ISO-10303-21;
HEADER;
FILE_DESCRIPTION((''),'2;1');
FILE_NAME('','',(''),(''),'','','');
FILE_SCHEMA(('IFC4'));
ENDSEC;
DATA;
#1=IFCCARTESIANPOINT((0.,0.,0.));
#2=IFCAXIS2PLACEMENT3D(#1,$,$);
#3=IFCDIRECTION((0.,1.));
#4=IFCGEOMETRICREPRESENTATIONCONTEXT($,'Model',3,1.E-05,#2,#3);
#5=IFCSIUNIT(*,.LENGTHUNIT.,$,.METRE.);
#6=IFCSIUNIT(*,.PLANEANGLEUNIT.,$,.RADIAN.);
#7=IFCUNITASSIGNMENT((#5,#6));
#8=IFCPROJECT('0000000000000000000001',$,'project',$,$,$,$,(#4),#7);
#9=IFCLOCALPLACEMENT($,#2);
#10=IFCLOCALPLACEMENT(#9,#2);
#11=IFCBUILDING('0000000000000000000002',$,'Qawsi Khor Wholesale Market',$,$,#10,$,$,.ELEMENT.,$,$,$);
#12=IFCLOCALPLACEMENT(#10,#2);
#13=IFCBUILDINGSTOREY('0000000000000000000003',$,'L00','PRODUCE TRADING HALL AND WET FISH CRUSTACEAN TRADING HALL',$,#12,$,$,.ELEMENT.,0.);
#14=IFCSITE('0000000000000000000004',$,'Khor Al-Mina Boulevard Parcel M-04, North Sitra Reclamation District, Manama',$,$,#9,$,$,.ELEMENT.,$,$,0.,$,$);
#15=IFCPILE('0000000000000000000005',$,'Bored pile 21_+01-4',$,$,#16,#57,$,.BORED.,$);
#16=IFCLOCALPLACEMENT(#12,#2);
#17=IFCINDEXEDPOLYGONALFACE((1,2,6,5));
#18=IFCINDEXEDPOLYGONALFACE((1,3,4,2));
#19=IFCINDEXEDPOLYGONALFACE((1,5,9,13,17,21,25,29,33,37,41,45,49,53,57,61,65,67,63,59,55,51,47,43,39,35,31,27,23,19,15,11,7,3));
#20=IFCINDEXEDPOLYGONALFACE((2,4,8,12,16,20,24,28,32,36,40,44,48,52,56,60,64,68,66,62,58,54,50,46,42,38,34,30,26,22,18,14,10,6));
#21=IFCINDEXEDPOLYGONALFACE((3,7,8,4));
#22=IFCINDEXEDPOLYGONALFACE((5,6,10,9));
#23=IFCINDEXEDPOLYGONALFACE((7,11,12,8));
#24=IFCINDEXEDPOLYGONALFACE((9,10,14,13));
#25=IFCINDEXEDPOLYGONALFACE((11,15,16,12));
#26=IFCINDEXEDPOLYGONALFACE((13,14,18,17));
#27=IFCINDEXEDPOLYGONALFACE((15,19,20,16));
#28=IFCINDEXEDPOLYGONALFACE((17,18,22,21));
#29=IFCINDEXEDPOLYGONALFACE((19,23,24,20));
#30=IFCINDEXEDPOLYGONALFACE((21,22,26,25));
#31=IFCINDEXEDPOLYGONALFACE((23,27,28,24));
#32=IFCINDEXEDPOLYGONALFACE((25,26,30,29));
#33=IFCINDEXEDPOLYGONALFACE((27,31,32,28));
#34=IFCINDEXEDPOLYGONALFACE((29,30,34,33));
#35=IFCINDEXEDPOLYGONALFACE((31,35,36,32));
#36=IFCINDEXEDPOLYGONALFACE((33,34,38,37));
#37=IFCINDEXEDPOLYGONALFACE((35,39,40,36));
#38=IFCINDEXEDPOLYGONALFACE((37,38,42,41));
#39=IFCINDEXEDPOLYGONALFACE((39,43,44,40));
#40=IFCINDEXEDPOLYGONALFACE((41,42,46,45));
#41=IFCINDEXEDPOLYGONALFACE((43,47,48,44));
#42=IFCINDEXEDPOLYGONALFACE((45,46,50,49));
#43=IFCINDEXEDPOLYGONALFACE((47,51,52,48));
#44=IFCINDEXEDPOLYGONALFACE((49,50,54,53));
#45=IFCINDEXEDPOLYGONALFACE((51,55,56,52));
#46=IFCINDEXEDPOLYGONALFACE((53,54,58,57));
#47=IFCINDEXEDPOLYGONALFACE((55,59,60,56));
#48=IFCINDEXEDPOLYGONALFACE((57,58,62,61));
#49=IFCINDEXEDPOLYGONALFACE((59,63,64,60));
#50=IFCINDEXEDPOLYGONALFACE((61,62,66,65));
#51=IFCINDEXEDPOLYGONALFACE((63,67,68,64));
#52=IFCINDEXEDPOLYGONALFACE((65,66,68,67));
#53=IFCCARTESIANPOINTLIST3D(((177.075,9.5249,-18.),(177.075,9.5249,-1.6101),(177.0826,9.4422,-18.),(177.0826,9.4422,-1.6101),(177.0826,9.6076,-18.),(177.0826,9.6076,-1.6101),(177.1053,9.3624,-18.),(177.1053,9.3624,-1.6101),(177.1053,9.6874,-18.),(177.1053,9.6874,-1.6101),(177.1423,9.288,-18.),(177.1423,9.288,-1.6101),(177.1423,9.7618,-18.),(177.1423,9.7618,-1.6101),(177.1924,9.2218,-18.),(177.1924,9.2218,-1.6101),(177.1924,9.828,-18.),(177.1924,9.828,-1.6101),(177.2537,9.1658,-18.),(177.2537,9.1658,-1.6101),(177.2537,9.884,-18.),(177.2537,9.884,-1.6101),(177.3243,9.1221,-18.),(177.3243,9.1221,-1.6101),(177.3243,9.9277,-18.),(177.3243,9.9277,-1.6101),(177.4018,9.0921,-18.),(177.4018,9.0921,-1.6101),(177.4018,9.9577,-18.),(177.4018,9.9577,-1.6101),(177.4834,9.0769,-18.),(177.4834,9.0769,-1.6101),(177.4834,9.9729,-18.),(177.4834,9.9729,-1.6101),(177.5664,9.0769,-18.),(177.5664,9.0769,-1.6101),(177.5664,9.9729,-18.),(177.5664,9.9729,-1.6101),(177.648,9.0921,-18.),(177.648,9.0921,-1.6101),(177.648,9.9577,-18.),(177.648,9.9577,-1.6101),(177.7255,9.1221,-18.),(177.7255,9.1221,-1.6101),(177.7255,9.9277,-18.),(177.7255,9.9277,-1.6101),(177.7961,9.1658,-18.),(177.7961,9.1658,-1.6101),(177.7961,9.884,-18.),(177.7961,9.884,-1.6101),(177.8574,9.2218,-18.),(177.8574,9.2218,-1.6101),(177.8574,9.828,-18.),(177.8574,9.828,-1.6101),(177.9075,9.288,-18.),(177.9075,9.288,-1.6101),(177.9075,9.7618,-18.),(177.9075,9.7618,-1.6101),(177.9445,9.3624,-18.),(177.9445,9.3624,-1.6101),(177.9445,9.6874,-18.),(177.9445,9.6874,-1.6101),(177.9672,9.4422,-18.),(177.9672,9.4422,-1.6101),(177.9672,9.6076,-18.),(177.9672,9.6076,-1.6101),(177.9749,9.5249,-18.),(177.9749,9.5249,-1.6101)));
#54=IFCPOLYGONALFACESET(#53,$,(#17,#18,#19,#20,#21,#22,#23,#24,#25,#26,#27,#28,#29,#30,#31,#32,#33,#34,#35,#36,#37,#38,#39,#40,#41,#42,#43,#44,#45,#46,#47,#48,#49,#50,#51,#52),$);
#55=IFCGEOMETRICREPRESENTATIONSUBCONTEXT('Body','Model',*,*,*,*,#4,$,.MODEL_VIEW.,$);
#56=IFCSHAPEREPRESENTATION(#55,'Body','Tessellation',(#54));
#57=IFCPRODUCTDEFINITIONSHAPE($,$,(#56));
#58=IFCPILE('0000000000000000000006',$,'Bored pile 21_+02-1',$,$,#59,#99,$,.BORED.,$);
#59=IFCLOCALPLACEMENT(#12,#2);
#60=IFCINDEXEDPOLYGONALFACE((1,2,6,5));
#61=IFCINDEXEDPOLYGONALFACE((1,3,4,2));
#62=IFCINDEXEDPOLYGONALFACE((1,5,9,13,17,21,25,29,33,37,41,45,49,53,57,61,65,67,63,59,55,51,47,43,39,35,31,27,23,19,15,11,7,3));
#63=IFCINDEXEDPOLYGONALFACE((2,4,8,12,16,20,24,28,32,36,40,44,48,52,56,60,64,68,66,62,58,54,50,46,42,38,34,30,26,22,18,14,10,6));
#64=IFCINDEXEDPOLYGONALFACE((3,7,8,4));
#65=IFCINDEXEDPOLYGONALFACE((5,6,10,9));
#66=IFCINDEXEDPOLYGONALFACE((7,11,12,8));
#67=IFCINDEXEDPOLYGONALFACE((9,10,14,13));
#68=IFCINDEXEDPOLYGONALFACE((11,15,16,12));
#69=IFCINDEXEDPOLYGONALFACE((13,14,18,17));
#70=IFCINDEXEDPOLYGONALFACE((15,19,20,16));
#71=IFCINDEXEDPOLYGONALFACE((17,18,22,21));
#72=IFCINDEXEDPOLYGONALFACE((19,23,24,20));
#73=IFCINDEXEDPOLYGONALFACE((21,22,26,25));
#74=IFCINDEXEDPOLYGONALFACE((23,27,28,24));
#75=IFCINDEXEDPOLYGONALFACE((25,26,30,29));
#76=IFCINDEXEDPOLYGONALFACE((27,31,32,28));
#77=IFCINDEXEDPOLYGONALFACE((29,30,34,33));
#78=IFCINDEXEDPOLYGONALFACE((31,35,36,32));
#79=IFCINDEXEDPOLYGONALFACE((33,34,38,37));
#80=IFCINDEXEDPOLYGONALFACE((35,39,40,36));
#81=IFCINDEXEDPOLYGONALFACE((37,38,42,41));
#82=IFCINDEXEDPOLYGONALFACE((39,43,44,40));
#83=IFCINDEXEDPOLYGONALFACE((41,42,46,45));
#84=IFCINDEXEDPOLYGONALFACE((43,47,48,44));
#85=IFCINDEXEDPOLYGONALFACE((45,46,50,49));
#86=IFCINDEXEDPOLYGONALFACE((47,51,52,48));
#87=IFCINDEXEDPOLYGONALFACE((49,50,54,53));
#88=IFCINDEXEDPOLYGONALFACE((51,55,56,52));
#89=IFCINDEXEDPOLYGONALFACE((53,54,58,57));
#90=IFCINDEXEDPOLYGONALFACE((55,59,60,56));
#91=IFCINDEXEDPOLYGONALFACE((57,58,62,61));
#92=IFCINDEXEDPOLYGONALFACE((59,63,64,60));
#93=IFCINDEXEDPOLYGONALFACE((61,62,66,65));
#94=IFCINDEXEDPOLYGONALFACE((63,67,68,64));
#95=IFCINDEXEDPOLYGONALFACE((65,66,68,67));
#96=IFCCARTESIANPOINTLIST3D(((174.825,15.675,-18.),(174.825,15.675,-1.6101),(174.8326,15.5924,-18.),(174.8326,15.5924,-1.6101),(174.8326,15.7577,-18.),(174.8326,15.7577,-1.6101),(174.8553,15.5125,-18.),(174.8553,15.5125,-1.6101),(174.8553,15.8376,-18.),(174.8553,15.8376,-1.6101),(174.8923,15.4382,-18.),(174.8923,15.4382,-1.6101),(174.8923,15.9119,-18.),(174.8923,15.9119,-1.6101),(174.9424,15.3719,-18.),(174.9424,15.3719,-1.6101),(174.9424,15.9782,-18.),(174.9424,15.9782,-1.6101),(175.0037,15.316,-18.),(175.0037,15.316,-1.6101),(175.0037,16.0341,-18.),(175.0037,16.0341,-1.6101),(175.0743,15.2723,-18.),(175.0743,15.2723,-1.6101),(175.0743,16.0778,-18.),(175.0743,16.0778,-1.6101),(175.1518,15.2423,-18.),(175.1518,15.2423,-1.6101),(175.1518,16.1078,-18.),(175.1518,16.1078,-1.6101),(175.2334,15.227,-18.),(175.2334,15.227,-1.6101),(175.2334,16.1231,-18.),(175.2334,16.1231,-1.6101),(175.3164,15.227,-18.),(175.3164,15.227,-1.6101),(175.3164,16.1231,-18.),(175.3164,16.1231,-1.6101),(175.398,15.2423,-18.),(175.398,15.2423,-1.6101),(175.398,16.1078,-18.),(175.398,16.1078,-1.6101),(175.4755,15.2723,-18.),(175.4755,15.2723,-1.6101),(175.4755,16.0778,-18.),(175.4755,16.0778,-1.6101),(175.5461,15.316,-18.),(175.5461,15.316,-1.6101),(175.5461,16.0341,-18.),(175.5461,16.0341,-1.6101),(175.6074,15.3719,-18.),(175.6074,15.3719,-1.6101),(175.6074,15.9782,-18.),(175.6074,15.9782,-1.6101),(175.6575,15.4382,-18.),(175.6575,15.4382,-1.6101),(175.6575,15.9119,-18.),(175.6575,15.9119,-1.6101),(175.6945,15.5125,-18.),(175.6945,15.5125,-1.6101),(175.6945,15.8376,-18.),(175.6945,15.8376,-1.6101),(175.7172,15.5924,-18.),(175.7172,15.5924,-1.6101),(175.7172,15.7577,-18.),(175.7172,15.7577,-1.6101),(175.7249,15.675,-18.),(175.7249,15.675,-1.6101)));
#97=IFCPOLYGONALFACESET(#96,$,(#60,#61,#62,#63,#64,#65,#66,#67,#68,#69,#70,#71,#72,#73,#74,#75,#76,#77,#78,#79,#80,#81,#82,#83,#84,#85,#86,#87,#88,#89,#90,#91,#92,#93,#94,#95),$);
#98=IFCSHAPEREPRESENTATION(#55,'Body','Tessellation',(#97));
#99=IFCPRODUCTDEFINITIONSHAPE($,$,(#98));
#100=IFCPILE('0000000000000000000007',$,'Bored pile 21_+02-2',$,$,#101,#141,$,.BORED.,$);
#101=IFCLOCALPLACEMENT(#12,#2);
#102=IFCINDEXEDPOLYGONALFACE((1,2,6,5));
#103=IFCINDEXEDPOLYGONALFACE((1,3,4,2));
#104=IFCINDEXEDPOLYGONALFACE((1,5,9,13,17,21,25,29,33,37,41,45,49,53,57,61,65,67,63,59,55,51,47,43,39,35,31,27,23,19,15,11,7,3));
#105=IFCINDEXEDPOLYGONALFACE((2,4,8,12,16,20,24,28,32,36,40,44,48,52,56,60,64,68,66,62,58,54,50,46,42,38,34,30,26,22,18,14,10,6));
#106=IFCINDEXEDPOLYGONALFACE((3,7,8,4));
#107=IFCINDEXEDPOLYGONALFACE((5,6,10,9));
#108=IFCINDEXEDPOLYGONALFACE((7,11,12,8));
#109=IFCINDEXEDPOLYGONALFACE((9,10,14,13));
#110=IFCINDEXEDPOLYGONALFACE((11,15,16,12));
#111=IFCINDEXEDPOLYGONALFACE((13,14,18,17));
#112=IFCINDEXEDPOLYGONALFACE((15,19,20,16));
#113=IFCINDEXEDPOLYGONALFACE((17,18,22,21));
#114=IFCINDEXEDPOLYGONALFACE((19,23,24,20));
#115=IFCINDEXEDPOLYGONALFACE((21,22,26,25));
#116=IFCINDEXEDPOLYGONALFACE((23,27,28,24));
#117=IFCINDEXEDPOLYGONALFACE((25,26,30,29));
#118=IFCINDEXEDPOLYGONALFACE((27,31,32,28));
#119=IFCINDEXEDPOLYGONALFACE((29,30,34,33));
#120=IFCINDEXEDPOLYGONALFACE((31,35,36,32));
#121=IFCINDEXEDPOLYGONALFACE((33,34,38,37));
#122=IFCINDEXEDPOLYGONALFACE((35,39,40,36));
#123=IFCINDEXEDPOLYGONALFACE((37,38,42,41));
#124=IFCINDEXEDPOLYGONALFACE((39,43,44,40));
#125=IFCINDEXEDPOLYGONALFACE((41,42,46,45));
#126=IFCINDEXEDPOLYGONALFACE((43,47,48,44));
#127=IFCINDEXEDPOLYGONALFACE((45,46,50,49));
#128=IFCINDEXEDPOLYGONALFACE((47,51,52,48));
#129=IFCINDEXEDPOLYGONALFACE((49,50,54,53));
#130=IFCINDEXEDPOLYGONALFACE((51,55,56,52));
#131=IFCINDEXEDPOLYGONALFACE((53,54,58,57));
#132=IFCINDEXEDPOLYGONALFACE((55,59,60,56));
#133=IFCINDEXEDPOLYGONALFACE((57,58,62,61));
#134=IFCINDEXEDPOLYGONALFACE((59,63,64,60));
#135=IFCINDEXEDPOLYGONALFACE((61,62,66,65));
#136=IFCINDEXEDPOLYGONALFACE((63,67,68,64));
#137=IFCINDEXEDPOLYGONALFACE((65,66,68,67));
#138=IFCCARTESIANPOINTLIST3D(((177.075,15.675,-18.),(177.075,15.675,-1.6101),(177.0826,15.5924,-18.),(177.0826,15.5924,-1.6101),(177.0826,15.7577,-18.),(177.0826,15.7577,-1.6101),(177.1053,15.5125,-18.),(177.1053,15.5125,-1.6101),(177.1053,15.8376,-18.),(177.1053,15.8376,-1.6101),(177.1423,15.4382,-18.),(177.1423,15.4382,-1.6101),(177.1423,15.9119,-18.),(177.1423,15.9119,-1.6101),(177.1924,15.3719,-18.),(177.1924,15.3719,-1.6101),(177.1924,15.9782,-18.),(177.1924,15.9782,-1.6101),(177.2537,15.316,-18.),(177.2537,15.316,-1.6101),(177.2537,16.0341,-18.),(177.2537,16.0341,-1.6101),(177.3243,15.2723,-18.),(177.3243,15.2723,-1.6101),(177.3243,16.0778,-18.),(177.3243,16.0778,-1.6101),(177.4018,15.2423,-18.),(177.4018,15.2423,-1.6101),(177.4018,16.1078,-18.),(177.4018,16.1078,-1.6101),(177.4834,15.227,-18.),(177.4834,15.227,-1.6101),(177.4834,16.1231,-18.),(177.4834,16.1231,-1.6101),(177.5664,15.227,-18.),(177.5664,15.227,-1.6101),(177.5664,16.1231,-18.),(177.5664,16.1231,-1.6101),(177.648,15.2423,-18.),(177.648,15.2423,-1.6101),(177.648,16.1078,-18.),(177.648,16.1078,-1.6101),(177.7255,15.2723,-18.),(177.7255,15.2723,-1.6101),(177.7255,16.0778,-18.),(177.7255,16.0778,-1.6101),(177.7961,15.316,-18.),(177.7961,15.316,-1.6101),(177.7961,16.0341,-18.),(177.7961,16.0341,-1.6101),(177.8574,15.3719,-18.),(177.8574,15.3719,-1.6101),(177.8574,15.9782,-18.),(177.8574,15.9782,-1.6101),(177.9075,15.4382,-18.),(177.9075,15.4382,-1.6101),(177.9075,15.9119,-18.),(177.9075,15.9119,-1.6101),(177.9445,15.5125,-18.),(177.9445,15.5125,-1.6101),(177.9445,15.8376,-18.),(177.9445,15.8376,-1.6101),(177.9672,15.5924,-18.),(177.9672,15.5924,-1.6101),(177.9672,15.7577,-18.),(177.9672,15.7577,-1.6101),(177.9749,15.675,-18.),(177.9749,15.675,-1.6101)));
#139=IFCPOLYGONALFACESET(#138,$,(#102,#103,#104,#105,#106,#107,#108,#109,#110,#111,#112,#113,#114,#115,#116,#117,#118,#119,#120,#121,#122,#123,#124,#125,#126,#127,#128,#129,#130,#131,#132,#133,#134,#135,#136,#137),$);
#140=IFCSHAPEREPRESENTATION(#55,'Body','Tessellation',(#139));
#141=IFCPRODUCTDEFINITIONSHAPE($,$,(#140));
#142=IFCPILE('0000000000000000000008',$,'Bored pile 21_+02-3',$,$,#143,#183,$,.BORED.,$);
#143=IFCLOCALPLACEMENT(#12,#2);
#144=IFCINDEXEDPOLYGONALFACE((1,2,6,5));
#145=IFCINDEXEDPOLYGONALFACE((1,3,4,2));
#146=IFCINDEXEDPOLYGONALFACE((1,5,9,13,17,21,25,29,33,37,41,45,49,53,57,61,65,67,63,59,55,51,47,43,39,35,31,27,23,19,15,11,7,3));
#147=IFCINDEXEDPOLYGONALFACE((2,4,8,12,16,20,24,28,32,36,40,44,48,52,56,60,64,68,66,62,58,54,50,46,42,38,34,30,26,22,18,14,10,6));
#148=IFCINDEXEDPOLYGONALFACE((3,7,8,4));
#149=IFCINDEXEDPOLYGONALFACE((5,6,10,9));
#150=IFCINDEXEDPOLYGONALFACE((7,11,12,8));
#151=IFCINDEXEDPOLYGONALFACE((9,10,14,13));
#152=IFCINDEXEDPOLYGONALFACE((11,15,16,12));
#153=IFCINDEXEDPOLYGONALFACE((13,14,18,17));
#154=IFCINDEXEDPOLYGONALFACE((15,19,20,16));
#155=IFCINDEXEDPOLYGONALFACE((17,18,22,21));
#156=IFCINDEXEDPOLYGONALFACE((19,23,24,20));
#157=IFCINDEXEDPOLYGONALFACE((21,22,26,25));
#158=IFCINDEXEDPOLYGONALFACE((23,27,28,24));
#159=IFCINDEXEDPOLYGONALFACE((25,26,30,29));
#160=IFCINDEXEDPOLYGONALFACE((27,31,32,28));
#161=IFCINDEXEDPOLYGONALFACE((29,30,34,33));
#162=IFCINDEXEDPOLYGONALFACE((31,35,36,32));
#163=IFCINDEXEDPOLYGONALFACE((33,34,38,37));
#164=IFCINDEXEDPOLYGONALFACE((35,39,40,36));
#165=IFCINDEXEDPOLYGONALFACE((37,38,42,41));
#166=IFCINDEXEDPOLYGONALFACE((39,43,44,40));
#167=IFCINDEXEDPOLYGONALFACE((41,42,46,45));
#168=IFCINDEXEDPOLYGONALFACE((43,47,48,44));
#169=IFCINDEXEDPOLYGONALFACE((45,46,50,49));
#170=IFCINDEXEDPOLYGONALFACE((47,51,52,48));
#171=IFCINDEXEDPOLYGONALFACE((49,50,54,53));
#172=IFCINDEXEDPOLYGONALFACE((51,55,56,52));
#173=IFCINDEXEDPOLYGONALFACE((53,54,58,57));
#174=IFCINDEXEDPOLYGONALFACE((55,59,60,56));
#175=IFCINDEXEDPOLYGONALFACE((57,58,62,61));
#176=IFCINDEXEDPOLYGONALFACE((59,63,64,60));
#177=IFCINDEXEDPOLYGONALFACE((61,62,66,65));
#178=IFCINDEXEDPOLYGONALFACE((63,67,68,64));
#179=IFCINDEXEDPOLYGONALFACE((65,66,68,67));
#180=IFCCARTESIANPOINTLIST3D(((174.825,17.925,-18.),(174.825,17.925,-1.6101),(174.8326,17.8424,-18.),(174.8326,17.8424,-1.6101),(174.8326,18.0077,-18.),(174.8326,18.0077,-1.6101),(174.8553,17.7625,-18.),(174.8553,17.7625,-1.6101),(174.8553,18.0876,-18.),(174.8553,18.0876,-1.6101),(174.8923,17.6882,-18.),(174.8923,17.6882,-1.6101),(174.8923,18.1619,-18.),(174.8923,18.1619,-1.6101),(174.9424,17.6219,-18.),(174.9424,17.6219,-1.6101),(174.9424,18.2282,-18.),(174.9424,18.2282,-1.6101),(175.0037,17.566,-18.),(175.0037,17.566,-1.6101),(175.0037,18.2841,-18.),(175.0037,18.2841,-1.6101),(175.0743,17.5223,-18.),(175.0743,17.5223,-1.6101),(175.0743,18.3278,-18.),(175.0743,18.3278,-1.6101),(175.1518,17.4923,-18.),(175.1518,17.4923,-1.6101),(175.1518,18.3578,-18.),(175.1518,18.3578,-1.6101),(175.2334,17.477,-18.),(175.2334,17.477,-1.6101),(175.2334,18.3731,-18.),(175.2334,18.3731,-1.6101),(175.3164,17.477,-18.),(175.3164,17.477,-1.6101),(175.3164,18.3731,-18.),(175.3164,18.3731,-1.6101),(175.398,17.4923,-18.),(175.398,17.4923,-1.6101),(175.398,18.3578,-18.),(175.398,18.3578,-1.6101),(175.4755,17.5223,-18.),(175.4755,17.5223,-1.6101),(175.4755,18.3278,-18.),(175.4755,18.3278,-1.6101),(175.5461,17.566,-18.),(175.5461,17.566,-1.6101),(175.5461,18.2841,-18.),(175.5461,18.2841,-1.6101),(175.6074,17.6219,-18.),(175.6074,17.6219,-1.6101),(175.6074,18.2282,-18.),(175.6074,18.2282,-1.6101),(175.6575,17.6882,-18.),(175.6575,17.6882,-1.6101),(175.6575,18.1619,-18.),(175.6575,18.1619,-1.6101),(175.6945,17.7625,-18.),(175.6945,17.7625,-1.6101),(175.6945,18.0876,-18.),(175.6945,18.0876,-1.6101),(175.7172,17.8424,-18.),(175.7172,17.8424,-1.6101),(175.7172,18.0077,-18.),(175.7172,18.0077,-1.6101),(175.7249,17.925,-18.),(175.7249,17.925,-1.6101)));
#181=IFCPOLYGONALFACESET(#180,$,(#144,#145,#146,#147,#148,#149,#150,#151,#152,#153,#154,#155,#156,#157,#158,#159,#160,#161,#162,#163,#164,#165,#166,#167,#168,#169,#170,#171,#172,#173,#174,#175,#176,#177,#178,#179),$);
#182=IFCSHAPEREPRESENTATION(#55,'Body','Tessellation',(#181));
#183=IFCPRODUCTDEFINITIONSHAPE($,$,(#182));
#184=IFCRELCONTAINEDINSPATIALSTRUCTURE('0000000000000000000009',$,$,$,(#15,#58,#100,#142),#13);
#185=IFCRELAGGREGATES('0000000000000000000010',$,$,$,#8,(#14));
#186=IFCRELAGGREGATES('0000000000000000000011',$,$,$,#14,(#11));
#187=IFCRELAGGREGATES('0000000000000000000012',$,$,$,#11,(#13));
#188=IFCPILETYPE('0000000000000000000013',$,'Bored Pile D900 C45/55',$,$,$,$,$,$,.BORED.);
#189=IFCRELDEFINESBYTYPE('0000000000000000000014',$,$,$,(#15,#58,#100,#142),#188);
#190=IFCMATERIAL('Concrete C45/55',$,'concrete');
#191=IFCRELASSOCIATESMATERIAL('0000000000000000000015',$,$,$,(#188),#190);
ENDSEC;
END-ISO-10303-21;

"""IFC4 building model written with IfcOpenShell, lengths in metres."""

from ifc_helpers import new_model, si_unit, direction, frame, origin, origin_2d, place, context, subcontext, project, spatial, circle, extrude, material, material_profile, profile_set, type_object, element, save


model = new_model("IFC4")

# Units and contexts
model_context = context("Model", 3, precision=1e-05, world=origin(), true_north=direction((0.0, 1.0)))
body_context = subcontext(model_context, "Body", "Model", "MODEL_VIEW")
ifc_project = project(units=[si_unit("LENGTHUNIT", "METRE"), si_unit("PLANEANGLEUNIT", "RADIAN")], contexts=[model_context])

# Site, building, storey
site_placement = place(None, origin())
site = spatial("IfcSite", under=ifc_project, at=site_placement, Name="Khor Al-Mina Boulevard Parcel M-04, North Sitra Reclamation District, Manama", CompositionType="ELEMENT", RefElevation=0.0)
building_placement = place(site_placement, origin())
building = spatial("IfcBuilding", under=site, at=building_placement, Name="Qawsi Khor Wholesale Market", CompositionType="ELEMENT")
storey_placement = place(building_placement, origin())
storey = spatial("IfcBuildingStorey", under=building, at=storey_placement, Name="L00", Description="PRODUCE TRADING HALL AND WET FISH CRUSTACEAN TRADING HALL", CompositionType="ELEMENT", Elevation=0.0)

# Piles
ifc_material_1 = material(Name="Concrete C45/55", Category="concrete")
ifc_material_profile_1 = material_profile(ifc_material_1, circle(Radius=0.45, at=origin_2d()), Name="PILE D900")
ifc_profile_set_1 = profile_set([ifc_material_profile_1], Name="Concrete C45/55")
pile_type = type_object("IfcPileType", Name="Bored Pile D900 C45/55", PredefinedType="BORED", material=ifc_profile_set_1)
for number, where, z_axis, x_axis, name in (
    (1, (177.5249, 9.5249, -1.6101), (0.0, 0.0, -1.0), (1.0, 0.0, 0.0), "Bored pile 21_+01-4"),
    (2, (175.2749, 15.675, -1.6101), (0.0, 0.0, -1.0), (1.0, 0.0, 0.0), "Bored pile 21_+02-1"),
    (3, (177.5249, 15.675, -1.6101), (0.0, 0.0, -1.0), (1.0, 0.0, 0.0), "Bored pile 21_+02-2"),
    (4, (175.2749, 17.925, -1.6101), (0.0, 0.0, -1.0), (1.0, 0.0, 0.0), "Bored pile 21_+02-3"),
):
    element("IfcPile", number, at=place(storey_placement, frame(where, z_axis=z_axis, x_axis=x_axis)), inside=storey, type_object=pile_type, Name=name, PredefinedType="BORED", context=body_context, shape_type="SweptSolid", body=[
        extrude(circle(Radius=0.45, at=origin_2d()), origin(), (0.0, 0.0, 1.0), 16.3899),
    ])

save(model, "model.ifc")
